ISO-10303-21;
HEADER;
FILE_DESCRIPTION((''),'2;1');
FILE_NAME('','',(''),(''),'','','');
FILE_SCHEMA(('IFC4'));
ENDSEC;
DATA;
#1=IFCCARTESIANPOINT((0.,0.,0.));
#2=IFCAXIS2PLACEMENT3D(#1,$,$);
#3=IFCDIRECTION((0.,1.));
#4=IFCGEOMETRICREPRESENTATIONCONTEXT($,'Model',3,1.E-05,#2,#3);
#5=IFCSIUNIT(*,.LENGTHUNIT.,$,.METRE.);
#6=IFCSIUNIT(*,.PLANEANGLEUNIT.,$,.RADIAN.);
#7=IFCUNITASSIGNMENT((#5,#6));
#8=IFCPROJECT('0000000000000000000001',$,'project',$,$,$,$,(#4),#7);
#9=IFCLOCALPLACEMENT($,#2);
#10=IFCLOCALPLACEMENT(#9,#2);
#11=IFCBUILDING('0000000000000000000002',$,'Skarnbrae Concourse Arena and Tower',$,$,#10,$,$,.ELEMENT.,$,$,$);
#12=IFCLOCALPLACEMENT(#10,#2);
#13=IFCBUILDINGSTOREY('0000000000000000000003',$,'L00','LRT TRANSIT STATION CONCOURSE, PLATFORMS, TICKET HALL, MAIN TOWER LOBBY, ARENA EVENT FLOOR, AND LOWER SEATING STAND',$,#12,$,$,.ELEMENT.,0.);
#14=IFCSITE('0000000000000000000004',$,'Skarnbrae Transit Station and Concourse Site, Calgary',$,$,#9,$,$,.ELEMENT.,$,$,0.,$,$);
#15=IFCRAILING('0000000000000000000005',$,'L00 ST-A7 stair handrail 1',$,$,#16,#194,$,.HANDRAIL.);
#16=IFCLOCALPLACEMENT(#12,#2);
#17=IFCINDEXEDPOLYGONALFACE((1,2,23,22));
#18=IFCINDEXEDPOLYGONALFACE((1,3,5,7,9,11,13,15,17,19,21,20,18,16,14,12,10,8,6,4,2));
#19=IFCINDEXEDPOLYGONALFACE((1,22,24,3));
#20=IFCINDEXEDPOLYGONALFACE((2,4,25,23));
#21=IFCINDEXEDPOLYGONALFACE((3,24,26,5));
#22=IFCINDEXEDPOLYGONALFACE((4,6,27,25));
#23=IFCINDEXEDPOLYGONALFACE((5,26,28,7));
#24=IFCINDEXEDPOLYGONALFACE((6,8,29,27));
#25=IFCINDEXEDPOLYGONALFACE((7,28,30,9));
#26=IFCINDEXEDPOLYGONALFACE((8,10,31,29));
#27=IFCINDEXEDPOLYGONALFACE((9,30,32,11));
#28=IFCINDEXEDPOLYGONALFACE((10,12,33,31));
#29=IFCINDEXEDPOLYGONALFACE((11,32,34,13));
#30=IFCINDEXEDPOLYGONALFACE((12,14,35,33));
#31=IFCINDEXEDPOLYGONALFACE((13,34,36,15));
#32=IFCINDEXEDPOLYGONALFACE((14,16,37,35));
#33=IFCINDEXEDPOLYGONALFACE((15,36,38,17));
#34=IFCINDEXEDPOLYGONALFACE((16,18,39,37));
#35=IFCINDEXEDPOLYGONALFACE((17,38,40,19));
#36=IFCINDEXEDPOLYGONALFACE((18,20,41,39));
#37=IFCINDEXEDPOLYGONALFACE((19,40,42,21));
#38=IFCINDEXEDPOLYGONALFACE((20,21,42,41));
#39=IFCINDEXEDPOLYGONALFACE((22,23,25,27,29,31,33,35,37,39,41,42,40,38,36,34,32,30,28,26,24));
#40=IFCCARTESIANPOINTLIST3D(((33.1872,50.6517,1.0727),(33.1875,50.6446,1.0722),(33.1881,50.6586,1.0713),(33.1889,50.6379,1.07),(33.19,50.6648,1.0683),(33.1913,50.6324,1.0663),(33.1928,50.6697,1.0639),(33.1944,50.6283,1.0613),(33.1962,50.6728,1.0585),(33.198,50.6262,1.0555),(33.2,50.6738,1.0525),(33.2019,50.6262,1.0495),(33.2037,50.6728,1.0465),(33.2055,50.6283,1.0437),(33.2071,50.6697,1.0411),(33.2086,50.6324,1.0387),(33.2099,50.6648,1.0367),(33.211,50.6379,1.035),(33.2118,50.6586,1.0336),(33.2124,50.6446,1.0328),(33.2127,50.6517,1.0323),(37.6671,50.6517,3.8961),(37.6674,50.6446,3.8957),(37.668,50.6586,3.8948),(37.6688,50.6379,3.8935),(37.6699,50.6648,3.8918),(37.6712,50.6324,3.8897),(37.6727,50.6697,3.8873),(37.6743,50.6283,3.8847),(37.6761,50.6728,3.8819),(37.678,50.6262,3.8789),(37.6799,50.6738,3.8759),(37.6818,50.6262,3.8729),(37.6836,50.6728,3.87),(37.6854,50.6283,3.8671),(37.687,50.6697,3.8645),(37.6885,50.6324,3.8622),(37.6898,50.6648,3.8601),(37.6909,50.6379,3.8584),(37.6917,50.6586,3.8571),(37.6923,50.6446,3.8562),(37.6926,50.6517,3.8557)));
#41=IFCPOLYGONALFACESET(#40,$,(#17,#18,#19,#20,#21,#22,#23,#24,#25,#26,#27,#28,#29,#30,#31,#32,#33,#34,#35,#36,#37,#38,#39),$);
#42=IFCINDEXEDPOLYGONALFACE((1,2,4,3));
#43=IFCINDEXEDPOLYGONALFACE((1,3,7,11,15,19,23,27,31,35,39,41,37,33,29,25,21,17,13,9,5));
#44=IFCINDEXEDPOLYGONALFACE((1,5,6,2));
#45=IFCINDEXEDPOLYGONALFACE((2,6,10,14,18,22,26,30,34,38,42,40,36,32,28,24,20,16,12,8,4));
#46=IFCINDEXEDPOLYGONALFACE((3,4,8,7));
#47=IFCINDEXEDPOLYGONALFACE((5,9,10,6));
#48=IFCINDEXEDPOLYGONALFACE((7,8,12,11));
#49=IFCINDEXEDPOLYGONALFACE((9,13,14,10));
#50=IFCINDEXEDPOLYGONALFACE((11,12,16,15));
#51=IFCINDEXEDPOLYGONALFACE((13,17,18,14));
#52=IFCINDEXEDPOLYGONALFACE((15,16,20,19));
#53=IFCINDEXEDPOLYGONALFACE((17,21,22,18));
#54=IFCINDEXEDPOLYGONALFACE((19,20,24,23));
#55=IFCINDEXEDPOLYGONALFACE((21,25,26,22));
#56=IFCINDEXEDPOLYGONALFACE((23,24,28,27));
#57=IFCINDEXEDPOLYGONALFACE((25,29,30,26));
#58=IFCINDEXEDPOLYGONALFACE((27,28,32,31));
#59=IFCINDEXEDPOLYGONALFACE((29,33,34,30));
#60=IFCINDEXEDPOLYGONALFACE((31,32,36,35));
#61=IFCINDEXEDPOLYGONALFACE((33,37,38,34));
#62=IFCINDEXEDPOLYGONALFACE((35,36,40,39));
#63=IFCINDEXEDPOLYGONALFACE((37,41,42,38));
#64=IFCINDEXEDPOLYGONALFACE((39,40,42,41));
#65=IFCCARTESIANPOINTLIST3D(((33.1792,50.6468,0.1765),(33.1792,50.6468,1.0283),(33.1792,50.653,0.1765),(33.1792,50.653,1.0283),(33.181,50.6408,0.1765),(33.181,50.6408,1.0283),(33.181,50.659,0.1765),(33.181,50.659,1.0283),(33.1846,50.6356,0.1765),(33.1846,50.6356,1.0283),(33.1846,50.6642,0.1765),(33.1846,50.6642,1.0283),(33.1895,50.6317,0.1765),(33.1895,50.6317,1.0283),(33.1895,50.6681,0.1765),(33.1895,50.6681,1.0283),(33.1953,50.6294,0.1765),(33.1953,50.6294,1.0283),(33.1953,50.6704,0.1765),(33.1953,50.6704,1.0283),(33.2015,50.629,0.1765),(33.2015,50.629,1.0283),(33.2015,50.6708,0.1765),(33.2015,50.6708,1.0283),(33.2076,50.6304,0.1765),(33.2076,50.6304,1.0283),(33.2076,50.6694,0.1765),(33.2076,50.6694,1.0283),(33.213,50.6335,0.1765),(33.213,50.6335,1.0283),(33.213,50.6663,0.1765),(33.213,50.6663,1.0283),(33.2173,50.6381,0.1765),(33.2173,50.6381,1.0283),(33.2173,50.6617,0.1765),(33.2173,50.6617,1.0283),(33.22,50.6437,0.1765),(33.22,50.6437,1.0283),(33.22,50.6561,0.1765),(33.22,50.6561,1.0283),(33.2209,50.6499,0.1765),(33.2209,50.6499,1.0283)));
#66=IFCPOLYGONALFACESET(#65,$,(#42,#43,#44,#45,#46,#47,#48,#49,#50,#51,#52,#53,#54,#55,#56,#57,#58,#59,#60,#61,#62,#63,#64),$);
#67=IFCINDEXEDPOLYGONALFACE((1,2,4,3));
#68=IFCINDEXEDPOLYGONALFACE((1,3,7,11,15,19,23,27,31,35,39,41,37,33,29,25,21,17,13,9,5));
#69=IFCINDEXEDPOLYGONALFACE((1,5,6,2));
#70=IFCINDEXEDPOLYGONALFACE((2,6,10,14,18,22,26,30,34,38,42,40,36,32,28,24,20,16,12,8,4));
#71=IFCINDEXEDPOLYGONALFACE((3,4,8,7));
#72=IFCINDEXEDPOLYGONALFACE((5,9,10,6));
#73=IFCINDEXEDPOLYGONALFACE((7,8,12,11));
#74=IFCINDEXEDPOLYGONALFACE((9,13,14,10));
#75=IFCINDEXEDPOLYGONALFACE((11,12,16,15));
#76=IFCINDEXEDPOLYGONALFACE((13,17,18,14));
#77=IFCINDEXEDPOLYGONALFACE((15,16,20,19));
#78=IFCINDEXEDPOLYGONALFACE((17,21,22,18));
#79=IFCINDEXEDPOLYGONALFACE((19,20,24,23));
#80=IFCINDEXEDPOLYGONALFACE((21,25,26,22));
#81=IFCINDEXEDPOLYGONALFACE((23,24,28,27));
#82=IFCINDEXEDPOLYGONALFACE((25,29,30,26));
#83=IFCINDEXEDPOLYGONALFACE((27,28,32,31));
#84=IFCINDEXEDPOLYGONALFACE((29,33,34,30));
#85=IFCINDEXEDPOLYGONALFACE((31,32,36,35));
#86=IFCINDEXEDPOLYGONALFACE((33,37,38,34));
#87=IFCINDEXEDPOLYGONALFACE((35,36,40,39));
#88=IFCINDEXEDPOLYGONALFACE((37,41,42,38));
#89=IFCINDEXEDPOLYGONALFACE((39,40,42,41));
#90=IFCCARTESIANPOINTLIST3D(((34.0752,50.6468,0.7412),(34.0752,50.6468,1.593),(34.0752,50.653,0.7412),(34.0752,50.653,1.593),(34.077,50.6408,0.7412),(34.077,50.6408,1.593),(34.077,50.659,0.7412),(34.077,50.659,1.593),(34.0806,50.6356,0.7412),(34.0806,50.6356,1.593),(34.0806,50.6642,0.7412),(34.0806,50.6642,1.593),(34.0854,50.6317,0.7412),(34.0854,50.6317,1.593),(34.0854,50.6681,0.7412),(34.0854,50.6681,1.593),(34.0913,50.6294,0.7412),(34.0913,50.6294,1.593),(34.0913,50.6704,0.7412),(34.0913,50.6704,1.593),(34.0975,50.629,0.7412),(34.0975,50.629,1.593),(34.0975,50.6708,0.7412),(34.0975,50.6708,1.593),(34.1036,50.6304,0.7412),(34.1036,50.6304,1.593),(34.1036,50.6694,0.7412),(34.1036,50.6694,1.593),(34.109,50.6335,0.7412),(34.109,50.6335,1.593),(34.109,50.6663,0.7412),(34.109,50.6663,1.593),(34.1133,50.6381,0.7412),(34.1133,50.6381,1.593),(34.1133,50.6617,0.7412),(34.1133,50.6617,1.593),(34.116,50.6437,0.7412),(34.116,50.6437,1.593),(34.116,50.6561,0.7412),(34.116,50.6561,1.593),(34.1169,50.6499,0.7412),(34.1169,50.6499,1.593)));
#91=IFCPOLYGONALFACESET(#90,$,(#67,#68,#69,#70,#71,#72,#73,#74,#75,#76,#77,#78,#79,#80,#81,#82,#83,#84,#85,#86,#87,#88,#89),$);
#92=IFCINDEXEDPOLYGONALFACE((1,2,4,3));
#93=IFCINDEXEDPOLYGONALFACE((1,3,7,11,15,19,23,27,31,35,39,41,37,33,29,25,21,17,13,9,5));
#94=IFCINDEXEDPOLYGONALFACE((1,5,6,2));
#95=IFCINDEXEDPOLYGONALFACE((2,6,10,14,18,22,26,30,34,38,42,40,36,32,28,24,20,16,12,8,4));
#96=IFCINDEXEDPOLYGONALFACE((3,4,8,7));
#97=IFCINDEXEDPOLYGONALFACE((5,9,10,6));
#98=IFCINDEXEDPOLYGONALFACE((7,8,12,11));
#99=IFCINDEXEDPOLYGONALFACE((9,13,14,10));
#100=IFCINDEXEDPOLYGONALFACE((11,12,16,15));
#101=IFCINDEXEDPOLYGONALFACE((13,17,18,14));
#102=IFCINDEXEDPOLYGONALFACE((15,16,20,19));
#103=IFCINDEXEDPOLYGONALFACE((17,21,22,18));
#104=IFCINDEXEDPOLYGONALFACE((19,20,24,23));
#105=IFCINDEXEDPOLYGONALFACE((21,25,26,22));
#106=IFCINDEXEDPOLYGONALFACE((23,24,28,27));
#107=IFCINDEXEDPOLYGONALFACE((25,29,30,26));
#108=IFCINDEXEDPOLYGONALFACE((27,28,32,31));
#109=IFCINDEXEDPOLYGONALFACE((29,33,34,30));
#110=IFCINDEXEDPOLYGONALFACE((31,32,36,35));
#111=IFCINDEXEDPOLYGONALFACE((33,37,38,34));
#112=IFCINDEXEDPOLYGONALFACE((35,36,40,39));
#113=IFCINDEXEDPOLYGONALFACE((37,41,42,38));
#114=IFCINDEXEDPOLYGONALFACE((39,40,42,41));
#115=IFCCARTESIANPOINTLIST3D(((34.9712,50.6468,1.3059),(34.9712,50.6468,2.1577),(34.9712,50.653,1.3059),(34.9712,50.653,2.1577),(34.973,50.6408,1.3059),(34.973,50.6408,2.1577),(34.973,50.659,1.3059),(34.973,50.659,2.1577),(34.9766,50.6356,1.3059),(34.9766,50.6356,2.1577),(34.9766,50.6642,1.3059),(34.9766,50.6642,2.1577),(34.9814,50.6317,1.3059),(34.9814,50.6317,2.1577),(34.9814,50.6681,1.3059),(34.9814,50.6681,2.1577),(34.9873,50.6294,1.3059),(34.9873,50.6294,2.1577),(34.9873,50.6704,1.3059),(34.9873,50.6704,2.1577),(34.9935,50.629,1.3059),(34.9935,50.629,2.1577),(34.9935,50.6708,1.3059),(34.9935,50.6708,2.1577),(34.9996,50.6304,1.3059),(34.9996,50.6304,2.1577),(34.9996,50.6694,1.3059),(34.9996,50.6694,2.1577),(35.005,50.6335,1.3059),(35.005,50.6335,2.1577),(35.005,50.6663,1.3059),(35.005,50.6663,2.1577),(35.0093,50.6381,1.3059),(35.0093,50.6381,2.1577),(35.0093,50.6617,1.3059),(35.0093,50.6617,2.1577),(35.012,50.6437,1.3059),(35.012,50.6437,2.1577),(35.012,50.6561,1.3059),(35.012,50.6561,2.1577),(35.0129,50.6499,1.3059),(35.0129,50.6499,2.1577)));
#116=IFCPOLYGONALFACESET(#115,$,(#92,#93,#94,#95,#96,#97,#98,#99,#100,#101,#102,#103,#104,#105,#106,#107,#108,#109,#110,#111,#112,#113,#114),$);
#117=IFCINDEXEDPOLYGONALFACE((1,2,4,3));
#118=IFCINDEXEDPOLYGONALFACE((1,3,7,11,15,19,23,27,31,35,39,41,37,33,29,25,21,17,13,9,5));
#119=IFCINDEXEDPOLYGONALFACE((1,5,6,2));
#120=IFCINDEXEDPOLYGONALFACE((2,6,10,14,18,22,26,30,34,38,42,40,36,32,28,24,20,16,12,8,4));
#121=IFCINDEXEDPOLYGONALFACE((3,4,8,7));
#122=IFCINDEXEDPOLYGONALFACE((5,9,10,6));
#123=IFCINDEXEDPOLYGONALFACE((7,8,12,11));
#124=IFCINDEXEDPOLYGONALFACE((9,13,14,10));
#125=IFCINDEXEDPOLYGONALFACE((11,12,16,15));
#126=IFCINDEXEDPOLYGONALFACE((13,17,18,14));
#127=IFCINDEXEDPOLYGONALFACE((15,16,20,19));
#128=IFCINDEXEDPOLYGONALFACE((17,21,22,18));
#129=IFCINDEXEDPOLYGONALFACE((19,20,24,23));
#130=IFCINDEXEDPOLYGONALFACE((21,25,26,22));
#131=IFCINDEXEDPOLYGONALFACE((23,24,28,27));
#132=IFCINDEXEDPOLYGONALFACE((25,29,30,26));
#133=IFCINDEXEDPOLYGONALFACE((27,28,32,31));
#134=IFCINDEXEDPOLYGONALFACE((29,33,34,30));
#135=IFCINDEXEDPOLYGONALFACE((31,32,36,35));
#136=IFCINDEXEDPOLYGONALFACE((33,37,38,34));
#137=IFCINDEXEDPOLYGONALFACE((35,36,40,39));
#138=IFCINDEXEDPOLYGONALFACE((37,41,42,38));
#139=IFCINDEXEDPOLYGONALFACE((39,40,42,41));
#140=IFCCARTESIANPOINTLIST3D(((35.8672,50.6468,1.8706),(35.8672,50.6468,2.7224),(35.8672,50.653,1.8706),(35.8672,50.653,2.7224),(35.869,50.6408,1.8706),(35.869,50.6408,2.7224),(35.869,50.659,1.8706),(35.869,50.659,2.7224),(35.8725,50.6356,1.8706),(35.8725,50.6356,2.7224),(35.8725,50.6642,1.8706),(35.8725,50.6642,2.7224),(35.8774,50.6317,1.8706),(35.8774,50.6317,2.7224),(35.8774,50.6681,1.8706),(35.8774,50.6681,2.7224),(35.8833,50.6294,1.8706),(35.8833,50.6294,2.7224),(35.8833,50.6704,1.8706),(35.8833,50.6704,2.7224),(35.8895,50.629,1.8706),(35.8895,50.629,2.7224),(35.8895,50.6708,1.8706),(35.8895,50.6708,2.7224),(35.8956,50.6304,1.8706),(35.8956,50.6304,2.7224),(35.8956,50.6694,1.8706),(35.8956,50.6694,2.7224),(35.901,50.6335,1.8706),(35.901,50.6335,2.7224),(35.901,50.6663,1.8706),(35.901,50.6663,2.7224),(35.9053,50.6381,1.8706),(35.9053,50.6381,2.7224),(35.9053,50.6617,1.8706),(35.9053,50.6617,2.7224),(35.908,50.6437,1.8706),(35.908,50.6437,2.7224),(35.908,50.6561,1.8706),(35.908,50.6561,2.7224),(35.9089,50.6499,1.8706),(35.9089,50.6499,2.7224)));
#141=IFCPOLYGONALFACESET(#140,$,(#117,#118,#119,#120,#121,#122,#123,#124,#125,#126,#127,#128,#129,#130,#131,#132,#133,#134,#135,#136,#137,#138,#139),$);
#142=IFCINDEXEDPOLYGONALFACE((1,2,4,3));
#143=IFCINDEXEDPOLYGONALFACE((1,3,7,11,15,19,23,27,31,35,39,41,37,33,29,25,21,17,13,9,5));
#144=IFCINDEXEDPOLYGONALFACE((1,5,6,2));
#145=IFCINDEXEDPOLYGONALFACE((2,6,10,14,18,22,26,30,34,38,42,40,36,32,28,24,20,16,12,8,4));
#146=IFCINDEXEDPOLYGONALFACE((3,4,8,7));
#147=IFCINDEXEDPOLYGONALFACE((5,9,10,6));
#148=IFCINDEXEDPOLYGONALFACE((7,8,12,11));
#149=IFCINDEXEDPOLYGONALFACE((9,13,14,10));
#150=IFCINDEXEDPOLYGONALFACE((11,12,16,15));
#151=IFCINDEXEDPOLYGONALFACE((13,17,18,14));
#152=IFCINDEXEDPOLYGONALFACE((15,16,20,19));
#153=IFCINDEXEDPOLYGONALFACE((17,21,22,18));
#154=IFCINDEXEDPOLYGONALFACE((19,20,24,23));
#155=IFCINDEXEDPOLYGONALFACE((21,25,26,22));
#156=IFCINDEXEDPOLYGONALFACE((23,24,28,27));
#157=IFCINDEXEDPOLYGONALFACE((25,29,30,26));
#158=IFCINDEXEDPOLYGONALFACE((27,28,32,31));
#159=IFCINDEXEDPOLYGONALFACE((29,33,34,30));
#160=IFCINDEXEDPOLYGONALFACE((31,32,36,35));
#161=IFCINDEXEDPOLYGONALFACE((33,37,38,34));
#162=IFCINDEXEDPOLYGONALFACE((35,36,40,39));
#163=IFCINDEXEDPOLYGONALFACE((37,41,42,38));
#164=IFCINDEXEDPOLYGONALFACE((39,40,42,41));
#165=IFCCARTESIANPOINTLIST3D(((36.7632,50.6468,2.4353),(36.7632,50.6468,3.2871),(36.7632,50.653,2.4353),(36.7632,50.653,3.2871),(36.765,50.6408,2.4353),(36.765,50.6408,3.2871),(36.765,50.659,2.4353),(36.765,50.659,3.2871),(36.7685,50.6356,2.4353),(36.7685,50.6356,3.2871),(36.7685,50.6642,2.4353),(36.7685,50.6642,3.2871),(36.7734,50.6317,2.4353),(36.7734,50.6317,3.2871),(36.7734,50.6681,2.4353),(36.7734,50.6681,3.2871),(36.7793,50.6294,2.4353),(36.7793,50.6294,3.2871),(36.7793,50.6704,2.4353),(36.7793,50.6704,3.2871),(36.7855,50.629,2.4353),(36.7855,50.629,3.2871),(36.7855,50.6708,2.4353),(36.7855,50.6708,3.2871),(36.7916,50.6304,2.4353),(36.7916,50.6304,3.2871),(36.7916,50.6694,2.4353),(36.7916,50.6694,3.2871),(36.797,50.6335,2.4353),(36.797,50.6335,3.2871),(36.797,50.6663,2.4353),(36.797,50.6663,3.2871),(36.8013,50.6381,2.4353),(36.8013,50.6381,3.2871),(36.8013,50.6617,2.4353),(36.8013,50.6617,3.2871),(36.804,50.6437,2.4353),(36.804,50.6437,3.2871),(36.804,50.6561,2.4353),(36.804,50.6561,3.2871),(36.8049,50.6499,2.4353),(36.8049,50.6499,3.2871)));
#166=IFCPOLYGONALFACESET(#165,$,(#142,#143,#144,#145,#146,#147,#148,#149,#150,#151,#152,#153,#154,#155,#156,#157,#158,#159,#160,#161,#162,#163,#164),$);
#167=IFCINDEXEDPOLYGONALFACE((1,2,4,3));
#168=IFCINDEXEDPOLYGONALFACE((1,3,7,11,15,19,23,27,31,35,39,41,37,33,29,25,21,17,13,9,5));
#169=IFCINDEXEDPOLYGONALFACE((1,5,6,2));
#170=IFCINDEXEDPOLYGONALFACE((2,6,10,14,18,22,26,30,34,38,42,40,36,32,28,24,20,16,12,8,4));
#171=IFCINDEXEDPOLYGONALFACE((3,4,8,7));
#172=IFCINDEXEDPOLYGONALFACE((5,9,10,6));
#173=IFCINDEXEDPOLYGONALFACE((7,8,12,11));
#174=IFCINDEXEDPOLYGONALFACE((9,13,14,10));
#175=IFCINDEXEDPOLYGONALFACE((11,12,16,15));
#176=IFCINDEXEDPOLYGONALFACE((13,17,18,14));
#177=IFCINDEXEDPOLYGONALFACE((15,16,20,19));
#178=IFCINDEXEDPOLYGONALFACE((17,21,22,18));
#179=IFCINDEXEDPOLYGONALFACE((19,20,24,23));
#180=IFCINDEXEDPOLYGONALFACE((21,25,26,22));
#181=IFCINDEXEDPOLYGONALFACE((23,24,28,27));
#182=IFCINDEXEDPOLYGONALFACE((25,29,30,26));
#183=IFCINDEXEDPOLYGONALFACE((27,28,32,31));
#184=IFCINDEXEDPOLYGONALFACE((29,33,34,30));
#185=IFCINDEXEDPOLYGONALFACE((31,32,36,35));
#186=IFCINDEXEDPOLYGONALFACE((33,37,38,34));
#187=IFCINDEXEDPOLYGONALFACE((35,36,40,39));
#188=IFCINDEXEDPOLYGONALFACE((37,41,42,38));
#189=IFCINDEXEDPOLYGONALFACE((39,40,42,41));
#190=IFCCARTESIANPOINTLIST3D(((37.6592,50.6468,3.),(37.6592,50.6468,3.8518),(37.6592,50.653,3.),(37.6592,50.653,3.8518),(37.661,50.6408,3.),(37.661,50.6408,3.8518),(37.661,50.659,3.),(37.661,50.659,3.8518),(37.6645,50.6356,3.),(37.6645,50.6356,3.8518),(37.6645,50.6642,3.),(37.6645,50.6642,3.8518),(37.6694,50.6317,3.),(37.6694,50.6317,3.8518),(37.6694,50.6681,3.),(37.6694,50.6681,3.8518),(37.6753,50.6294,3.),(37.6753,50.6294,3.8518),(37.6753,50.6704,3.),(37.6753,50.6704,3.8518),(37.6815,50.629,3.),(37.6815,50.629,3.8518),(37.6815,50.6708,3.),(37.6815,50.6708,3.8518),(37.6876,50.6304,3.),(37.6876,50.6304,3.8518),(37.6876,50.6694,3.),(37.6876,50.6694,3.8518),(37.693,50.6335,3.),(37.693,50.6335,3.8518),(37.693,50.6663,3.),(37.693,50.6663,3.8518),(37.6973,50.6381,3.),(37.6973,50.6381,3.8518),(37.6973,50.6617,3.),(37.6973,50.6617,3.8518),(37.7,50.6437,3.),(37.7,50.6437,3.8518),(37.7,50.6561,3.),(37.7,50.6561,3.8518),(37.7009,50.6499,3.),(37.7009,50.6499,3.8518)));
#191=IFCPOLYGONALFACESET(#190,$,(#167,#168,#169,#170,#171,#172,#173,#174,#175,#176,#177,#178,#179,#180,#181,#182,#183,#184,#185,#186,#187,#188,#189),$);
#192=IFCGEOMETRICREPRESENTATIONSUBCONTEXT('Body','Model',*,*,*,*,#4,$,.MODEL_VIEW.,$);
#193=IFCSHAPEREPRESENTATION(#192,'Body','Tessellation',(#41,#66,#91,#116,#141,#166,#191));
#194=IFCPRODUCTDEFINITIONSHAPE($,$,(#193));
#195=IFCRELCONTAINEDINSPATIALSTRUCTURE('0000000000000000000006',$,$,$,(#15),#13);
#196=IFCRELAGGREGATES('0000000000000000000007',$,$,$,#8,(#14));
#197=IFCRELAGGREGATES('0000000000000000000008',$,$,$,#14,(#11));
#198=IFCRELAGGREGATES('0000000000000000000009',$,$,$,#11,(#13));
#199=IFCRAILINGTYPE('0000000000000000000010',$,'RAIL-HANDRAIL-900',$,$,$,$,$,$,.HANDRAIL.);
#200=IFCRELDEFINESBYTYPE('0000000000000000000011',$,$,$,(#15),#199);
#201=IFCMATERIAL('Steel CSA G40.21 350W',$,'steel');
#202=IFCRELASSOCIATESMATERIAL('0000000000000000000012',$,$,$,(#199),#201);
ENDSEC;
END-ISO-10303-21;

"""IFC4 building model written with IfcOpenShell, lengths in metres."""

from ifc_helpers import new_model, si_unit, direction, frame, origin, origin_2d, place, context, subcontext, project, spatial, circle, extrude, material, type_object, element, save


model = new_model("IFC4")

# Units and contexts
model_context = context("Model", 3, precision=1e-05, world=origin(), true_north=direction((0.0, 1.0)))
body_context = subcontext(model_context, "Body", "Model", "MODEL_VIEW")
ifc_project = project(units=[si_unit("LENGTHUNIT", "METRE"), si_unit("PLANEANGLEUNIT", "RADIAN")], contexts=[model_context])

# Site, building, storey
site_placement = place(None, origin())
site = spatial("IfcSite", under=ifc_project, at=site_placement, Name="Skarnbrae Transit Station and Concourse Site, Calgary", CompositionType="ELEMENT", RefElevation=0.0)
building_placement = place(site_placement, origin())
building = spatial("IfcBuilding", under=site, at=building_placement, Name="Skarnbrae Concourse Arena and Tower", CompositionType="ELEMENT")
storey_placement = place(building_placement, origin())
storey = spatial("IfcBuildingStorey", under=building, at=storey_placement, Name="L00", Description="LRT TRANSIT STATION CONCOURSE, PLATFORMS, TICKET HALL, MAIN TOWER LOBBY, ARENA EVENT FLOOR, AND LOWER SEATING STAND", CompositionType="ELEMENT", Elevation=0.0)

# Shared definitions
ifc_material_1 = material(Name="Steel CSA G40.21 350W", Category="steel")

# Railing
railing_type_1 = type_object("IfcRailingType", Name="RAIL-HANDRAIL-900", PredefinedType="HANDRAIL", material=ifc_material_1)
railing_1_placement = place(storey_placement, frame((33.2, 50.6499, 0.1765)))
element("IfcRailing", 1, at=railing_1_placement, inside=storey, type_object=railing_type_1, Name="L00 ST-A7 stair handrail 1", PredefinedType="HANDRAIL", context=body_context, shape_type="SweptSolid", body=[
    extrude(circle(Radius=0.0239, at=origin_2d()), frame((0.0, 0.0, 0.876), z_axis=(0.845998, 0.0, 0.533186), x_axis=(0.0, 1.0, 0.0)), (0.0, 0.0, 1.0), 5.2954),
    extrude(circle(Radius=0.021, at=origin_2d()), origin(), (0.0, 0.0, 1.0), 0.8518),
    extrude(circle(Radius=0.021, at=origin_2d()), frame((0.896, 0.0, 0.5647)), (0.0, 0.0, 1.0), 0.8518),
    extrude(circle(Radius=0.021, at=origin_2d()), frame((1.792, 0.0, 1.1294)), (0.0, 0.0, 1.0), 0.8518),
    extrude(circle(Radius=0.021, at=origin_2d()), frame((2.688, 0.0, 1.6941)), (0.0, 0.0, 1.0), 0.8518),
    extrude(circle(Radius=0.021, at=origin_2d()), frame((3.584, 0.0, 2.2588)), (0.0, 0.0, 1.0), 0.8518),
    extrude(circle(Radius=0.021, at=origin_2d()), frame((4.48, 0.0, 2.8235)), (0.0, 0.0, 1.0), 0.8518),
])

save(model, "model.ifc")
